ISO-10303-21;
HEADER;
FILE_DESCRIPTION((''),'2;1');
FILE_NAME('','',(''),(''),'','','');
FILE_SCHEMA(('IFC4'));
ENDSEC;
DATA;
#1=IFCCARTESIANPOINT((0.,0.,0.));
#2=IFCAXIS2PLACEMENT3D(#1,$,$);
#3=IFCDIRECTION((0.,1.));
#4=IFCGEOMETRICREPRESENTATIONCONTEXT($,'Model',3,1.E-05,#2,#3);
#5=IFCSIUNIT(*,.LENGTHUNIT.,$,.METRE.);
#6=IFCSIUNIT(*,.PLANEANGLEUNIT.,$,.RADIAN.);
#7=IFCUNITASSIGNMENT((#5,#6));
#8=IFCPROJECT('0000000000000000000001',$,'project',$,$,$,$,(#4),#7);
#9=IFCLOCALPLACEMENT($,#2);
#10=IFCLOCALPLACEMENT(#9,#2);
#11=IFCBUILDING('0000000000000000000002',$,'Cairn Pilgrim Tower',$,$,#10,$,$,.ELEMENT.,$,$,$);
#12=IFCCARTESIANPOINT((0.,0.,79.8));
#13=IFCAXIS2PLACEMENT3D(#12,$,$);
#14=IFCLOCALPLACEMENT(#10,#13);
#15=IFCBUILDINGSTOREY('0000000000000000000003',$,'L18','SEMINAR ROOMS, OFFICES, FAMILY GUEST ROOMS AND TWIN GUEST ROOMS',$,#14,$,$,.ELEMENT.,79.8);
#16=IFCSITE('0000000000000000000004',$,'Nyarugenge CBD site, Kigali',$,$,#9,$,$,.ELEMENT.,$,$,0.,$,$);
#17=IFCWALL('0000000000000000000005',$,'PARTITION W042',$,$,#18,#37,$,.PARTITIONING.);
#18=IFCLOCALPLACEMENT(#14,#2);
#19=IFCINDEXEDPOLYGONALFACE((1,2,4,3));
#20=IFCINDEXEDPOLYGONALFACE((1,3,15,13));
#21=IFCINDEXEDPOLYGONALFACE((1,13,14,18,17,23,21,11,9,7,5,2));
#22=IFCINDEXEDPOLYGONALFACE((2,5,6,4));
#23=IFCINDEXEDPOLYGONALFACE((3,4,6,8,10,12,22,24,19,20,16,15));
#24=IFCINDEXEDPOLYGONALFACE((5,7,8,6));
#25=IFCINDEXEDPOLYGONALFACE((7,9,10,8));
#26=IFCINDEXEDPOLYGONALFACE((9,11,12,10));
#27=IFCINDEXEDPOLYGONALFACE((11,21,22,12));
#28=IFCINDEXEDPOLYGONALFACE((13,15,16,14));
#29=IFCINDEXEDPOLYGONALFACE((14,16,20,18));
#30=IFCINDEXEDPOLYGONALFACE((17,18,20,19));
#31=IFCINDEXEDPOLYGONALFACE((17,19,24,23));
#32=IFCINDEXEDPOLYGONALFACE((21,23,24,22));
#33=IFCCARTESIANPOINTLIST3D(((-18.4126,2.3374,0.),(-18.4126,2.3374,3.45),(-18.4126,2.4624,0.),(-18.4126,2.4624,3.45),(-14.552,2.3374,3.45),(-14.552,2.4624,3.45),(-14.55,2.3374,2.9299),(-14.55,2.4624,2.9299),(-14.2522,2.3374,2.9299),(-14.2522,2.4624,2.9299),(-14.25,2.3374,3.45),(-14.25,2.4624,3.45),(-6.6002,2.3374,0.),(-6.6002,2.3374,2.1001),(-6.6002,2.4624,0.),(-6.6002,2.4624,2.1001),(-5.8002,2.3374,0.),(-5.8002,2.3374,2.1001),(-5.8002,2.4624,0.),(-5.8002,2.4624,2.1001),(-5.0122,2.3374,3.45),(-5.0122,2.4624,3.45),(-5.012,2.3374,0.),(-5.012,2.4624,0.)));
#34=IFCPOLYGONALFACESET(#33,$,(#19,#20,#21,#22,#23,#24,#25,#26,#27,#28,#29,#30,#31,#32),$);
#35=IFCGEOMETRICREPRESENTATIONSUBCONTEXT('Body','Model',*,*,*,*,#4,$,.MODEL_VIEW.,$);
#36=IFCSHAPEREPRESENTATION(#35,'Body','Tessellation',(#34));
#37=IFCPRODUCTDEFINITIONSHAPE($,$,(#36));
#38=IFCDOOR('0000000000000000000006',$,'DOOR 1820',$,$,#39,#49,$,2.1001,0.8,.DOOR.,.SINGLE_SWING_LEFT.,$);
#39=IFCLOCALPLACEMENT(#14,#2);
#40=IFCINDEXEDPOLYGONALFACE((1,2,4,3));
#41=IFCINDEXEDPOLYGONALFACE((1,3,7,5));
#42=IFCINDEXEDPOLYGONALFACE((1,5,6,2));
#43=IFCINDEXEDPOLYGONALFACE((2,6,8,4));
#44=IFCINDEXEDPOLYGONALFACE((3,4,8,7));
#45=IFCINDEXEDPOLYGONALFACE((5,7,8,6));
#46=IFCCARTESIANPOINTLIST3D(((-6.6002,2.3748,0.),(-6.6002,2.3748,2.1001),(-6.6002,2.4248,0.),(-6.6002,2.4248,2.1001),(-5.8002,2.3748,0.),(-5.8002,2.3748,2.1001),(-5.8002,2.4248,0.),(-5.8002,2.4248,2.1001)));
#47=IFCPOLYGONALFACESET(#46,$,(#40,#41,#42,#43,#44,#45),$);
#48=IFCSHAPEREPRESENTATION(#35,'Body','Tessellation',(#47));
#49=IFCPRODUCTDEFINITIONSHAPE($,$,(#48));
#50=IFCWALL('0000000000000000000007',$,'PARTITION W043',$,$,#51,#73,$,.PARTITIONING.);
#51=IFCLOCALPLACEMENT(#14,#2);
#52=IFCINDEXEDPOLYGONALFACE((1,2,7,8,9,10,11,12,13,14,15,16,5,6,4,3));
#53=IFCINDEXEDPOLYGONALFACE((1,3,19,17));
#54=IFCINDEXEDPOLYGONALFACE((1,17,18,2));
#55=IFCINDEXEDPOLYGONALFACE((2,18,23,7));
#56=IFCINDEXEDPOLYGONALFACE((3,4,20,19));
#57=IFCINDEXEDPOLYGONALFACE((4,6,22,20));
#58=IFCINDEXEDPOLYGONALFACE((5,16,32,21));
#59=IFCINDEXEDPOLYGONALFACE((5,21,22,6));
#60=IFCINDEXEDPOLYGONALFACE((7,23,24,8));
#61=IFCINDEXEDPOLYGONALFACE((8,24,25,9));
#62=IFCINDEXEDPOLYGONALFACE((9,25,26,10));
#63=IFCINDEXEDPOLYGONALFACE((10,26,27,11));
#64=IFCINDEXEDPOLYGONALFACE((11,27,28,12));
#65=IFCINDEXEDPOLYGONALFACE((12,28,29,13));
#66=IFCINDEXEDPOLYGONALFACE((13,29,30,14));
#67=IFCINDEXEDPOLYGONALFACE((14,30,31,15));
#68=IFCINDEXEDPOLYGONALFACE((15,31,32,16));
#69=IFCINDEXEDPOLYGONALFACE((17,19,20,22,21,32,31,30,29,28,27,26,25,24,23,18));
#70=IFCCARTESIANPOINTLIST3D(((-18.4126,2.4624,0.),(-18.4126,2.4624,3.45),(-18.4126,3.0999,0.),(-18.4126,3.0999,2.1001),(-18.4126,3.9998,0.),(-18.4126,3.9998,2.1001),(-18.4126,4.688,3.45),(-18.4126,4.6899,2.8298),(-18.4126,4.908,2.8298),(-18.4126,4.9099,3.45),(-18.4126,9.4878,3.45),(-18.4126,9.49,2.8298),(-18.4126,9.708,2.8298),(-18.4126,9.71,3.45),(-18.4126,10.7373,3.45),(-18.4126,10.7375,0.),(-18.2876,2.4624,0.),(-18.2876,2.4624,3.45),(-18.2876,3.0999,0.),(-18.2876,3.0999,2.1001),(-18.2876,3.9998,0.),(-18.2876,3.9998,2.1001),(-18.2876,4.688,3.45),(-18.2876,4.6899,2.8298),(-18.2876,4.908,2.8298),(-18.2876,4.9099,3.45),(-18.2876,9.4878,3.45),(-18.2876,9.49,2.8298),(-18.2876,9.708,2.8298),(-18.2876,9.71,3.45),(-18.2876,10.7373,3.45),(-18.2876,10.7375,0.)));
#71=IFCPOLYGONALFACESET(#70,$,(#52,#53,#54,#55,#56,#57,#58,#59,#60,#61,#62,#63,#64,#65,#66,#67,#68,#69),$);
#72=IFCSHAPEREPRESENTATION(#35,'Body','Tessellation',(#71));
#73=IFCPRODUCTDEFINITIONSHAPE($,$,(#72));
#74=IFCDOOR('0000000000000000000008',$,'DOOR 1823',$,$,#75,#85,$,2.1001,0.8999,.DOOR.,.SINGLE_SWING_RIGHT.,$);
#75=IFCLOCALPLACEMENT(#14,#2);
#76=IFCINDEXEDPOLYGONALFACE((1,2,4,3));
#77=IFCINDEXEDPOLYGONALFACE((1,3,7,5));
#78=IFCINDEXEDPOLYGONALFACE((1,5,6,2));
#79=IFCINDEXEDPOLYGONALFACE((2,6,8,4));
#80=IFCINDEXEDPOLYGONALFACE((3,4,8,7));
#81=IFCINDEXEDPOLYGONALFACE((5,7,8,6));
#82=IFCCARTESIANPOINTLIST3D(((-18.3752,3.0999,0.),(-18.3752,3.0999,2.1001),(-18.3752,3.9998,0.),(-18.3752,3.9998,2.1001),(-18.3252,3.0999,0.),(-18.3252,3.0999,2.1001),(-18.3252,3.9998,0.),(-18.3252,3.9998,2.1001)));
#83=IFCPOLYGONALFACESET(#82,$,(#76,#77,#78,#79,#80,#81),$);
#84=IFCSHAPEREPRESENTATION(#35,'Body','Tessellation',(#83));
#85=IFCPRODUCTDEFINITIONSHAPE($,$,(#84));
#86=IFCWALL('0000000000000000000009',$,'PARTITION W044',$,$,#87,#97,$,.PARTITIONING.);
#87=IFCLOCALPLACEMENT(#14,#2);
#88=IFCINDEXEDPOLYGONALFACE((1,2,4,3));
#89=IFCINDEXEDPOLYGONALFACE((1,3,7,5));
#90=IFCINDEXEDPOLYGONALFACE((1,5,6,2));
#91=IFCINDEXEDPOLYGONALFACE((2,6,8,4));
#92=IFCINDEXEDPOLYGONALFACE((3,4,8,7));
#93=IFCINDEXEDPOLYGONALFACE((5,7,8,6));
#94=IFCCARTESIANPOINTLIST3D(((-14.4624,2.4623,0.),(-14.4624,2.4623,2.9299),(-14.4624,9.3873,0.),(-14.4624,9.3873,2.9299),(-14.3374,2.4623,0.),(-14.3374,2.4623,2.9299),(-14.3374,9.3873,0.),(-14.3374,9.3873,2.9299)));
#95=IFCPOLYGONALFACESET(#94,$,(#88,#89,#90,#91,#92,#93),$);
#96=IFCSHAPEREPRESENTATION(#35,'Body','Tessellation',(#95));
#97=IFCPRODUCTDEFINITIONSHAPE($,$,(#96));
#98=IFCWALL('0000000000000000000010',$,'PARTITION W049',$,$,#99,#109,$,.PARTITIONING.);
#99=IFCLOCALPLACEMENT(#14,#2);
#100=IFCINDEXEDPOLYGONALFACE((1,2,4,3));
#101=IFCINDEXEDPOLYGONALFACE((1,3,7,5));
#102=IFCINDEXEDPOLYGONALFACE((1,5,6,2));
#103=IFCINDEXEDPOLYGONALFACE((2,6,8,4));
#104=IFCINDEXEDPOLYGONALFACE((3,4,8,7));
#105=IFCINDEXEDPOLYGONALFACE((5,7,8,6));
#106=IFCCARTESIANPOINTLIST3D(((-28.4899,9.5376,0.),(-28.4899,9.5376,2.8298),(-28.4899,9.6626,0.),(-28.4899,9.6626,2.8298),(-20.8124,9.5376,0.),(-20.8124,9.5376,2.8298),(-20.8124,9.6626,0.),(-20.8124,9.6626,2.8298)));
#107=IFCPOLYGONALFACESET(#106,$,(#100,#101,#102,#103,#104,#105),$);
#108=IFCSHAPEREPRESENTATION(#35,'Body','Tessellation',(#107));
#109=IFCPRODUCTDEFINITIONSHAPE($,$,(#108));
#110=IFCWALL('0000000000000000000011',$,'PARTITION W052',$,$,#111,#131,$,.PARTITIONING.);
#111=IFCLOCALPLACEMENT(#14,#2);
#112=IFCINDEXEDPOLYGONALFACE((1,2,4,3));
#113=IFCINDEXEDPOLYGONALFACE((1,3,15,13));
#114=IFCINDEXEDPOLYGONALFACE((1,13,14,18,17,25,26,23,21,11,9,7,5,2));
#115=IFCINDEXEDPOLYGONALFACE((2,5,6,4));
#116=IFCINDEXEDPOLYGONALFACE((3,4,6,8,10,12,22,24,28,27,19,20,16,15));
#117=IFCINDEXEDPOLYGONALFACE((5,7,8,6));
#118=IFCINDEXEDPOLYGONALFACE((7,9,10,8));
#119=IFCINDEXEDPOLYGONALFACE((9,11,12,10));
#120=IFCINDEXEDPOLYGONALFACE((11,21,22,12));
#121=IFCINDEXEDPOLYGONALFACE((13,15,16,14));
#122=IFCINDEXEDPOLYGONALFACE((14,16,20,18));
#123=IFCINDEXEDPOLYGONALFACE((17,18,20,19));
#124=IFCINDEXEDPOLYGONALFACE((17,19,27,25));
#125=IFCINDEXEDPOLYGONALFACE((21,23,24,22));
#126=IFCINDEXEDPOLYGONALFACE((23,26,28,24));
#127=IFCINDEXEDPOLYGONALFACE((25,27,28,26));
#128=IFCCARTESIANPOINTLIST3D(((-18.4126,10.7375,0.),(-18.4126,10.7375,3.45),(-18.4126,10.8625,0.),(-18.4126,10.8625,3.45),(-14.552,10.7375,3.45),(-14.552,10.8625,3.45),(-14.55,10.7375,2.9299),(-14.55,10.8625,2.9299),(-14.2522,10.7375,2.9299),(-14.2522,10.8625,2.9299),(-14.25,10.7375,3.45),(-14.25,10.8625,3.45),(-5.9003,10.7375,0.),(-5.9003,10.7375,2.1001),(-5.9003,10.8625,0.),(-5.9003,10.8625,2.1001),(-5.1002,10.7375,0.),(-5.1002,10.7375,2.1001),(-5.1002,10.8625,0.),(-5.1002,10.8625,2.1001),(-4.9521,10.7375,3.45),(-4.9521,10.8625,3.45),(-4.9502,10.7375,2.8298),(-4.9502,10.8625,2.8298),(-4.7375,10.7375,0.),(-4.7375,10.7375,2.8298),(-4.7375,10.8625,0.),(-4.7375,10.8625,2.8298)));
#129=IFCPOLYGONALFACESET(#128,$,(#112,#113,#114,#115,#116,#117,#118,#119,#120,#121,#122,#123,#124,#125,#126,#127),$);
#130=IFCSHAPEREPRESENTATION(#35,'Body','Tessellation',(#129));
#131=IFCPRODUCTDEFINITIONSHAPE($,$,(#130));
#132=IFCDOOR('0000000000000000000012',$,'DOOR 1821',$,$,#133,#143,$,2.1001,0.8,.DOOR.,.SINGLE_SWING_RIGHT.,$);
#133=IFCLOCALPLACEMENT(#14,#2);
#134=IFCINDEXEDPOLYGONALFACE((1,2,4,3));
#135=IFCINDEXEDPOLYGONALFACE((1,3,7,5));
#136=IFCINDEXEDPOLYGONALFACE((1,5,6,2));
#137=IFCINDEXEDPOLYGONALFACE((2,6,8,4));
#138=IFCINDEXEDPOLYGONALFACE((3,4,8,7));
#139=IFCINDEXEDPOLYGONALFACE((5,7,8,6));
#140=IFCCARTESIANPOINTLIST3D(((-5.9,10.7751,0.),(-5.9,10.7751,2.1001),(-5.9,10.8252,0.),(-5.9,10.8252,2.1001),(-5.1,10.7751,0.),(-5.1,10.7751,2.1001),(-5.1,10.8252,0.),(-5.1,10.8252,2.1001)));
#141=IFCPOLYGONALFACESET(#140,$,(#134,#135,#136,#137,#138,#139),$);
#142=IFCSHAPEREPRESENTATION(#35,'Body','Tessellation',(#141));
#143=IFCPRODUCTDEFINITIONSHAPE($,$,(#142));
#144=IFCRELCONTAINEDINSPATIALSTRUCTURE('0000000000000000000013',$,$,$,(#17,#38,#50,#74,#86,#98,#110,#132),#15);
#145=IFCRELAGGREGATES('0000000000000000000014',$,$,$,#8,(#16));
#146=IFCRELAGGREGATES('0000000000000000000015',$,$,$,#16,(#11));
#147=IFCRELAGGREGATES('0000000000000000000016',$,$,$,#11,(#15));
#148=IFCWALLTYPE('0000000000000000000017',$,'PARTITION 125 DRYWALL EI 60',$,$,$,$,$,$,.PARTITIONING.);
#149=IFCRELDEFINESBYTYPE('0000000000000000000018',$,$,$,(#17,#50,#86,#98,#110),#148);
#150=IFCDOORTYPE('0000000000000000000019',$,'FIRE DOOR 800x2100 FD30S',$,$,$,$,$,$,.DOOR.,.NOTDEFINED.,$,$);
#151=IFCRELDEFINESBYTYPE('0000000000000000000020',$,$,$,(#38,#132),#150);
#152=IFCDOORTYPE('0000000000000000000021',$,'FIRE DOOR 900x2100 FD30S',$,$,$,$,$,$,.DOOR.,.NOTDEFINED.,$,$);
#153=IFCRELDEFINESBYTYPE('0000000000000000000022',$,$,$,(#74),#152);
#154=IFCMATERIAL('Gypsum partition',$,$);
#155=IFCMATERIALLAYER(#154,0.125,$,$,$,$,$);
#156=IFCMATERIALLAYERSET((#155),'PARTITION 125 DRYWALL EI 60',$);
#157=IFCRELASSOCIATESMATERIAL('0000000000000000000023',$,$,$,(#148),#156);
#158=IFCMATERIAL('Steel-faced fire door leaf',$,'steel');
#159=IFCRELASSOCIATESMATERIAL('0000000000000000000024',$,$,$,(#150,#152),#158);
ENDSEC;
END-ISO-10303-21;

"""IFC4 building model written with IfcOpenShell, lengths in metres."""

from ifc_helpers import new_model, si_unit, direction, frame, frame_2d, origin, place, context, subcontext, project, spatial, polyline, rectangle, outline, extrude, material, layer, layer_set, type_object, element, fill, save


model = new_model("IFC4")

# Units and contexts
model_context = context("Model", 3, precision=1e-05, world=origin(), true_north=direction((0.0, 1.0)))
body_context = subcontext(model_context, "Body", "Model", "MODEL_VIEW")
ifc_project = project(units=[si_unit("LENGTHUNIT", "METRE"), si_unit("PLANEANGLEUNIT", "RADIAN")], contexts=[model_context])

# Site, building, storey
site_placement = place(None, origin())
site = spatial("IfcSite", under=ifc_project, at=site_placement, Name="Nyarugenge CBD site, Kigali", CompositionType="ELEMENT", RefElevation=0.0)
building_placement = place(site_placement, origin())
building = spatial("IfcBuilding", under=site, at=building_placement, Name="Cairn Pilgrim Tower", CompositionType="ELEMENT")
storey_placement = place(building_placement, frame((0.0, 0.0, 79.8)))
storey = spatial("IfcBuildingStorey", under=building, at=storey_placement, Name="L18", Description="SEMINAR ROOMS, OFFICES, FAMILY GUEST ROOMS AND TWIN GUEST ROOMS", CompositionType="ELEMENT", Elevation=79.8)

# Shared definitions
ifc_material_1 = material(Name="Gypsum partition")

# Walls, openings, doors
ifc_layer_1 = layer(ifc_material_1, 0.125)
ifc_layer_set_1 = layer_set([ifc_layer_1], Name="PARTITION 125 DRYWALL EI 60")
wall_type_1 = type_object("IfcWallType", Name="PARTITION 125 DRYWALL EI 60", PredefinedType="PARTITIONING", material=ifc_layer_set_1)
wall_1_placement = place(storey_placement, frame((-18.4126, 2.3999, 0.0), z_axis=(0.0, 0.0, 1.0), x_axis=(1.0, 0.0, 0.0)))
wall_1 = element("IfcWall", 1, at=wall_1_placement, inside=storey, type_object=wall_type_1, Name="PARTITION W042", PredefinedType="PARTITIONING", context=body_context, shape_type="SweptSolid", body=[
    extrude(outline(polyline([(0.0, 0.0), (13.4006, 0.0), (13.4004, 3.45), (4.1626, 3.45), (4.1604, 2.9299), (3.8625, 2.9299), (3.8606, 3.45), (0.0, 3.45), (0.0, 0.0)])), frame((0.0, 0.0625, 0.0), z_axis=(0.0, -1.0, 0.0), x_axis=(1.0, 0.0, 0.0)), (0.0, 0.0, 1.0), 0.125),
])
opening_1_placement = place(wall_1_placement, frame((11.8125, 0.0, 0.0)))
opening_1 = element("IfcOpeningElement", 2, at=opening_1_placement, cuts=wall_1, PredefinedType="OPENING", context=body_context, shape_type="SweptSolid", body=[
    extrude(rectangle(XDim=0.8, YDim=2.1001, at=frame_2d((0.3999, 1.05))), frame((0.0, 0.0725, 0.0), z_axis=(0.0, -1.0, 0.0), x_axis=(1.0, 0.0, 0.0)), (0.0, 0.0, 1.0), 0.145),
])
ifc_material_2 = material(Name="Steel-faced fire door leaf", Category="steel")
door_type_1 = type_object("IfcDoorType", Name="FIRE DOOR 800x2100 FD30S", OperationType="NOTDEFINED", PredefinedType="DOOR", material=ifc_material_2)
door_1_placement = place(opening_1_placement, origin())
door_1 = element("IfcDoor", 3, at=door_1_placement, inside=storey, type_object=door_type_1, Name="DOOR 1820", OperationType="SINGLE_SWING_LEFT", OverallHeight=2.1001, OverallWidth=0.8, PredefinedType="DOOR", context=body_context, shape_type="SweptSolid", body=[
    extrude(rectangle(XDim=0.8, YDim=2.1001, at=frame_2d((0.3999, 1.05))), frame((0.0, 0.0249, 0.0), z_axis=(0.0, -1.0, 0.0), x_axis=(1.0, 0.0, 0.0)), (0.0, 0.0, 1.0), 0.05),
])
fill(opening_1, door_1)
wall_2_placement = place(storey_placement, frame((-18.3501, 2.4624, 0.0), z_axis=(0.0, 0.0, 1.0), x_axis=(0.0, 1.0, 0.0)))
wall_2 = element("IfcWall", 4, at=wall_2_placement, inside=storey, type_object=wall_type_1, Name="PARTITION W043", PredefinedType="PARTITIONING", context=body_context, shape_type="SweptSolid", body=[
    extrude(outline(polyline([(0.0, 0.0), (8.2751, 0.0), (8.2749, 3.45), (7.2476, 3.45), (7.2456, 2.8298), (7.0276, 2.8298), (7.0254, 3.45), (2.4475, 3.45), (2.4456, 2.8298), (2.2275, 2.8298), (2.2256, 3.45), (0.0, 3.45), (0.0, 0.0)])), frame((0.0, 0.0625, 0.0), z_axis=(0.0, -1.0, 0.0), x_axis=(1.0, 0.0, 0.0)), (0.0, 0.0, 1.0), 0.125),
])
opening_2_placement = place(wall_2_placement, frame((0.6375, 0.0, 0.0)))
opening_2 = element("IfcOpeningElement", 5, at=opening_2_placement, cuts=wall_2, PredefinedType="OPENING", context=body_context, shape_type="SweptSolid", body=[
    extrude(rectangle(XDim=0.8999, YDim=2.1001, at=frame_2d((0.45, 1.05))), frame((0.0, 0.0725, 0.0), z_axis=(0.0, -1.0, 0.0), x_axis=(1.0, 0.0, 0.0)), (0.0, 0.0, 1.0), 0.145),
])
door_type_2 = type_object("IfcDoorType", Name="FIRE DOOR 900x2100 FD30S", OperationType="NOTDEFINED", PredefinedType="DOOR", material=ifc_material_2)
door_2_placement = place(opening_2_placement, frame((0.8999, 0.0, 0.0), z_axis=(0.0, 0.0, 1.0), x_axis=(-1.0, 0.0, 0.0)))
door_2 = element("IfcDoor", 6, at=door_2_placement, inside=storey, type_object=door_type_2, Name="DOOR 1823", OperationType="SINGLE_SWING_RIGHT", OverallHeight=2.1001, OverallWidth=0.8999, PredefinedType="DOOR", context=body_context, shape_type="SweptSolid", body=[
    extrude(rectangle(XDim=0.8999, YDim=2.1001, at=frame_2d((0.45, 1.05))), frame((0.0, 0.0249, 0.0), z_axis=(0.0, -1.0, 0.0), x_axis=(1.0, 0.0, 0.0)), (0.0, 0.0, 1.0), 0.05),
])
fill(opening_2, door_2)

# Walls
wall_3_placement = place(storey_placement, frame((-14.3999, 2.4624, 0.0), z_axis=(0.0, 0.0, 1.0), x_axis=(0.0, 1.0, 0.0)))
element("IfcWall", 7, at=wall_3_placement, inside=storey, type_object=wall_type_1, Name="PARTITION W044", PredefinedType="PARTITIONING", context=body_context, shape_type="SweptSolid", body=[
    extrude(rectangle(XDim=6.925, YDim=0.125, at=frame_2d((3.4624, 0.0))), origin(), (0.0, 0.0, 1.0), 2.9299),
])
wall_4_placement = place(storey_placement, frame((-28.49, 9.6001, 0.0), z_axis=(0.0, 0.0, 1.0), x_axis=(1.0, 0.0, 0.0)))
element("IfcWall", 8, at=wall_4_placement, inside=storey, type_object=wall_type_1, Name="PARTITION W049", PredefinedType="PARTITIONING", context=body_context, shape_type="SweptSolid", body=[
    extrude(rectangle(XDim=7.6775, YDim=0.125, at=frame_2d((3.8389, 0.0))), origin(), (0.0, 0.0, 1.0), 2.8298),
])

# Wall, opening, door
wall_5_placement = place(storey_placement, frame((-18.4126, 10.8, 0.0), z_axis=(0.0, 0.0, 1.0), x_axis=(1.0, 0.0, 0.0)))
wall_5 = element("IfcWall", 9, at=wall_5_placement, inside=storey, type_object=wall_type_1, Name="PARTITION W052", PredefinedType="PARTITIONING", context=body_context, shape_type="SweptSolid", body=[
    extrude(outline(polyline([(0.0, 0.0), (13.675, 0.0), (13.675, 2.8298), (13.4624, 2.8298), (13.4604, 3.45), (4.1626, 3.45), (4.1604, 2.9299), (3.8625, 2.9299), (3.8606, 3.45), (0.0, 3.45), (0.0, 0.0)])), frame((0.0, 0.0625, 0.0), z_axis=(0.0, -1.0, 0.0), x_axis=(1.0, 0.0, 0.0)), (0.0, 0.0, 1.0), 0.125),
])
opening_3_placement = place(wall_5_placement, frame((12.5125, 0.0, 0.0)))
opening_3 = element("IfcOpeningElement", 10, at=opening_3_placement, cuts=wall_5, PredefinedType="OPENING", context=body_context, shape_type="SweptSolid", body=[
    extrude(rectangle(XDim=0.8, YDim=2.1001, at=frame_2d((0.3999, 1.05))), frame((0.0, 0.0725, 0.0), z_axis=(0.0, -1.0, 0.0), x_axis=(1.0, 0.0, 0.0)), (0.0, 0.0, 1.0), 0.145),
])
door_3_placement = place(opening_3_placement, frame((0.8, 0.0, 0.0), z_axis=(0.0, 0.0, 1.0), x_axis=(-1.0, 0.0, 0.0)))
door_3 = element("IfcDoor", 11, at=door_3_placement, inside=storey, type_object=door_type_1, Name="DOOR 1821", OperationType="SINGLE_SWING_RIGHT", OverallHeight=2.1001, OverallWidth=0.8, PredefinedType="DOOR", context=body_context, shape_type="SweptSolid", body=[
    extrude(rectangle(XDim=0.8, YDim=2.1001, at=frame_2d((0.3999, 1.05))), frame((0.0, 0.0249, 0.0), z_axis=(0.0, -1.0, 0.0), x_axis=(1.0, 0.0, 0.0)), (0.0, 0.0, 1.0), 0.05),
])
fill(opening_3, door_3)

save(model, "model.ifc")
